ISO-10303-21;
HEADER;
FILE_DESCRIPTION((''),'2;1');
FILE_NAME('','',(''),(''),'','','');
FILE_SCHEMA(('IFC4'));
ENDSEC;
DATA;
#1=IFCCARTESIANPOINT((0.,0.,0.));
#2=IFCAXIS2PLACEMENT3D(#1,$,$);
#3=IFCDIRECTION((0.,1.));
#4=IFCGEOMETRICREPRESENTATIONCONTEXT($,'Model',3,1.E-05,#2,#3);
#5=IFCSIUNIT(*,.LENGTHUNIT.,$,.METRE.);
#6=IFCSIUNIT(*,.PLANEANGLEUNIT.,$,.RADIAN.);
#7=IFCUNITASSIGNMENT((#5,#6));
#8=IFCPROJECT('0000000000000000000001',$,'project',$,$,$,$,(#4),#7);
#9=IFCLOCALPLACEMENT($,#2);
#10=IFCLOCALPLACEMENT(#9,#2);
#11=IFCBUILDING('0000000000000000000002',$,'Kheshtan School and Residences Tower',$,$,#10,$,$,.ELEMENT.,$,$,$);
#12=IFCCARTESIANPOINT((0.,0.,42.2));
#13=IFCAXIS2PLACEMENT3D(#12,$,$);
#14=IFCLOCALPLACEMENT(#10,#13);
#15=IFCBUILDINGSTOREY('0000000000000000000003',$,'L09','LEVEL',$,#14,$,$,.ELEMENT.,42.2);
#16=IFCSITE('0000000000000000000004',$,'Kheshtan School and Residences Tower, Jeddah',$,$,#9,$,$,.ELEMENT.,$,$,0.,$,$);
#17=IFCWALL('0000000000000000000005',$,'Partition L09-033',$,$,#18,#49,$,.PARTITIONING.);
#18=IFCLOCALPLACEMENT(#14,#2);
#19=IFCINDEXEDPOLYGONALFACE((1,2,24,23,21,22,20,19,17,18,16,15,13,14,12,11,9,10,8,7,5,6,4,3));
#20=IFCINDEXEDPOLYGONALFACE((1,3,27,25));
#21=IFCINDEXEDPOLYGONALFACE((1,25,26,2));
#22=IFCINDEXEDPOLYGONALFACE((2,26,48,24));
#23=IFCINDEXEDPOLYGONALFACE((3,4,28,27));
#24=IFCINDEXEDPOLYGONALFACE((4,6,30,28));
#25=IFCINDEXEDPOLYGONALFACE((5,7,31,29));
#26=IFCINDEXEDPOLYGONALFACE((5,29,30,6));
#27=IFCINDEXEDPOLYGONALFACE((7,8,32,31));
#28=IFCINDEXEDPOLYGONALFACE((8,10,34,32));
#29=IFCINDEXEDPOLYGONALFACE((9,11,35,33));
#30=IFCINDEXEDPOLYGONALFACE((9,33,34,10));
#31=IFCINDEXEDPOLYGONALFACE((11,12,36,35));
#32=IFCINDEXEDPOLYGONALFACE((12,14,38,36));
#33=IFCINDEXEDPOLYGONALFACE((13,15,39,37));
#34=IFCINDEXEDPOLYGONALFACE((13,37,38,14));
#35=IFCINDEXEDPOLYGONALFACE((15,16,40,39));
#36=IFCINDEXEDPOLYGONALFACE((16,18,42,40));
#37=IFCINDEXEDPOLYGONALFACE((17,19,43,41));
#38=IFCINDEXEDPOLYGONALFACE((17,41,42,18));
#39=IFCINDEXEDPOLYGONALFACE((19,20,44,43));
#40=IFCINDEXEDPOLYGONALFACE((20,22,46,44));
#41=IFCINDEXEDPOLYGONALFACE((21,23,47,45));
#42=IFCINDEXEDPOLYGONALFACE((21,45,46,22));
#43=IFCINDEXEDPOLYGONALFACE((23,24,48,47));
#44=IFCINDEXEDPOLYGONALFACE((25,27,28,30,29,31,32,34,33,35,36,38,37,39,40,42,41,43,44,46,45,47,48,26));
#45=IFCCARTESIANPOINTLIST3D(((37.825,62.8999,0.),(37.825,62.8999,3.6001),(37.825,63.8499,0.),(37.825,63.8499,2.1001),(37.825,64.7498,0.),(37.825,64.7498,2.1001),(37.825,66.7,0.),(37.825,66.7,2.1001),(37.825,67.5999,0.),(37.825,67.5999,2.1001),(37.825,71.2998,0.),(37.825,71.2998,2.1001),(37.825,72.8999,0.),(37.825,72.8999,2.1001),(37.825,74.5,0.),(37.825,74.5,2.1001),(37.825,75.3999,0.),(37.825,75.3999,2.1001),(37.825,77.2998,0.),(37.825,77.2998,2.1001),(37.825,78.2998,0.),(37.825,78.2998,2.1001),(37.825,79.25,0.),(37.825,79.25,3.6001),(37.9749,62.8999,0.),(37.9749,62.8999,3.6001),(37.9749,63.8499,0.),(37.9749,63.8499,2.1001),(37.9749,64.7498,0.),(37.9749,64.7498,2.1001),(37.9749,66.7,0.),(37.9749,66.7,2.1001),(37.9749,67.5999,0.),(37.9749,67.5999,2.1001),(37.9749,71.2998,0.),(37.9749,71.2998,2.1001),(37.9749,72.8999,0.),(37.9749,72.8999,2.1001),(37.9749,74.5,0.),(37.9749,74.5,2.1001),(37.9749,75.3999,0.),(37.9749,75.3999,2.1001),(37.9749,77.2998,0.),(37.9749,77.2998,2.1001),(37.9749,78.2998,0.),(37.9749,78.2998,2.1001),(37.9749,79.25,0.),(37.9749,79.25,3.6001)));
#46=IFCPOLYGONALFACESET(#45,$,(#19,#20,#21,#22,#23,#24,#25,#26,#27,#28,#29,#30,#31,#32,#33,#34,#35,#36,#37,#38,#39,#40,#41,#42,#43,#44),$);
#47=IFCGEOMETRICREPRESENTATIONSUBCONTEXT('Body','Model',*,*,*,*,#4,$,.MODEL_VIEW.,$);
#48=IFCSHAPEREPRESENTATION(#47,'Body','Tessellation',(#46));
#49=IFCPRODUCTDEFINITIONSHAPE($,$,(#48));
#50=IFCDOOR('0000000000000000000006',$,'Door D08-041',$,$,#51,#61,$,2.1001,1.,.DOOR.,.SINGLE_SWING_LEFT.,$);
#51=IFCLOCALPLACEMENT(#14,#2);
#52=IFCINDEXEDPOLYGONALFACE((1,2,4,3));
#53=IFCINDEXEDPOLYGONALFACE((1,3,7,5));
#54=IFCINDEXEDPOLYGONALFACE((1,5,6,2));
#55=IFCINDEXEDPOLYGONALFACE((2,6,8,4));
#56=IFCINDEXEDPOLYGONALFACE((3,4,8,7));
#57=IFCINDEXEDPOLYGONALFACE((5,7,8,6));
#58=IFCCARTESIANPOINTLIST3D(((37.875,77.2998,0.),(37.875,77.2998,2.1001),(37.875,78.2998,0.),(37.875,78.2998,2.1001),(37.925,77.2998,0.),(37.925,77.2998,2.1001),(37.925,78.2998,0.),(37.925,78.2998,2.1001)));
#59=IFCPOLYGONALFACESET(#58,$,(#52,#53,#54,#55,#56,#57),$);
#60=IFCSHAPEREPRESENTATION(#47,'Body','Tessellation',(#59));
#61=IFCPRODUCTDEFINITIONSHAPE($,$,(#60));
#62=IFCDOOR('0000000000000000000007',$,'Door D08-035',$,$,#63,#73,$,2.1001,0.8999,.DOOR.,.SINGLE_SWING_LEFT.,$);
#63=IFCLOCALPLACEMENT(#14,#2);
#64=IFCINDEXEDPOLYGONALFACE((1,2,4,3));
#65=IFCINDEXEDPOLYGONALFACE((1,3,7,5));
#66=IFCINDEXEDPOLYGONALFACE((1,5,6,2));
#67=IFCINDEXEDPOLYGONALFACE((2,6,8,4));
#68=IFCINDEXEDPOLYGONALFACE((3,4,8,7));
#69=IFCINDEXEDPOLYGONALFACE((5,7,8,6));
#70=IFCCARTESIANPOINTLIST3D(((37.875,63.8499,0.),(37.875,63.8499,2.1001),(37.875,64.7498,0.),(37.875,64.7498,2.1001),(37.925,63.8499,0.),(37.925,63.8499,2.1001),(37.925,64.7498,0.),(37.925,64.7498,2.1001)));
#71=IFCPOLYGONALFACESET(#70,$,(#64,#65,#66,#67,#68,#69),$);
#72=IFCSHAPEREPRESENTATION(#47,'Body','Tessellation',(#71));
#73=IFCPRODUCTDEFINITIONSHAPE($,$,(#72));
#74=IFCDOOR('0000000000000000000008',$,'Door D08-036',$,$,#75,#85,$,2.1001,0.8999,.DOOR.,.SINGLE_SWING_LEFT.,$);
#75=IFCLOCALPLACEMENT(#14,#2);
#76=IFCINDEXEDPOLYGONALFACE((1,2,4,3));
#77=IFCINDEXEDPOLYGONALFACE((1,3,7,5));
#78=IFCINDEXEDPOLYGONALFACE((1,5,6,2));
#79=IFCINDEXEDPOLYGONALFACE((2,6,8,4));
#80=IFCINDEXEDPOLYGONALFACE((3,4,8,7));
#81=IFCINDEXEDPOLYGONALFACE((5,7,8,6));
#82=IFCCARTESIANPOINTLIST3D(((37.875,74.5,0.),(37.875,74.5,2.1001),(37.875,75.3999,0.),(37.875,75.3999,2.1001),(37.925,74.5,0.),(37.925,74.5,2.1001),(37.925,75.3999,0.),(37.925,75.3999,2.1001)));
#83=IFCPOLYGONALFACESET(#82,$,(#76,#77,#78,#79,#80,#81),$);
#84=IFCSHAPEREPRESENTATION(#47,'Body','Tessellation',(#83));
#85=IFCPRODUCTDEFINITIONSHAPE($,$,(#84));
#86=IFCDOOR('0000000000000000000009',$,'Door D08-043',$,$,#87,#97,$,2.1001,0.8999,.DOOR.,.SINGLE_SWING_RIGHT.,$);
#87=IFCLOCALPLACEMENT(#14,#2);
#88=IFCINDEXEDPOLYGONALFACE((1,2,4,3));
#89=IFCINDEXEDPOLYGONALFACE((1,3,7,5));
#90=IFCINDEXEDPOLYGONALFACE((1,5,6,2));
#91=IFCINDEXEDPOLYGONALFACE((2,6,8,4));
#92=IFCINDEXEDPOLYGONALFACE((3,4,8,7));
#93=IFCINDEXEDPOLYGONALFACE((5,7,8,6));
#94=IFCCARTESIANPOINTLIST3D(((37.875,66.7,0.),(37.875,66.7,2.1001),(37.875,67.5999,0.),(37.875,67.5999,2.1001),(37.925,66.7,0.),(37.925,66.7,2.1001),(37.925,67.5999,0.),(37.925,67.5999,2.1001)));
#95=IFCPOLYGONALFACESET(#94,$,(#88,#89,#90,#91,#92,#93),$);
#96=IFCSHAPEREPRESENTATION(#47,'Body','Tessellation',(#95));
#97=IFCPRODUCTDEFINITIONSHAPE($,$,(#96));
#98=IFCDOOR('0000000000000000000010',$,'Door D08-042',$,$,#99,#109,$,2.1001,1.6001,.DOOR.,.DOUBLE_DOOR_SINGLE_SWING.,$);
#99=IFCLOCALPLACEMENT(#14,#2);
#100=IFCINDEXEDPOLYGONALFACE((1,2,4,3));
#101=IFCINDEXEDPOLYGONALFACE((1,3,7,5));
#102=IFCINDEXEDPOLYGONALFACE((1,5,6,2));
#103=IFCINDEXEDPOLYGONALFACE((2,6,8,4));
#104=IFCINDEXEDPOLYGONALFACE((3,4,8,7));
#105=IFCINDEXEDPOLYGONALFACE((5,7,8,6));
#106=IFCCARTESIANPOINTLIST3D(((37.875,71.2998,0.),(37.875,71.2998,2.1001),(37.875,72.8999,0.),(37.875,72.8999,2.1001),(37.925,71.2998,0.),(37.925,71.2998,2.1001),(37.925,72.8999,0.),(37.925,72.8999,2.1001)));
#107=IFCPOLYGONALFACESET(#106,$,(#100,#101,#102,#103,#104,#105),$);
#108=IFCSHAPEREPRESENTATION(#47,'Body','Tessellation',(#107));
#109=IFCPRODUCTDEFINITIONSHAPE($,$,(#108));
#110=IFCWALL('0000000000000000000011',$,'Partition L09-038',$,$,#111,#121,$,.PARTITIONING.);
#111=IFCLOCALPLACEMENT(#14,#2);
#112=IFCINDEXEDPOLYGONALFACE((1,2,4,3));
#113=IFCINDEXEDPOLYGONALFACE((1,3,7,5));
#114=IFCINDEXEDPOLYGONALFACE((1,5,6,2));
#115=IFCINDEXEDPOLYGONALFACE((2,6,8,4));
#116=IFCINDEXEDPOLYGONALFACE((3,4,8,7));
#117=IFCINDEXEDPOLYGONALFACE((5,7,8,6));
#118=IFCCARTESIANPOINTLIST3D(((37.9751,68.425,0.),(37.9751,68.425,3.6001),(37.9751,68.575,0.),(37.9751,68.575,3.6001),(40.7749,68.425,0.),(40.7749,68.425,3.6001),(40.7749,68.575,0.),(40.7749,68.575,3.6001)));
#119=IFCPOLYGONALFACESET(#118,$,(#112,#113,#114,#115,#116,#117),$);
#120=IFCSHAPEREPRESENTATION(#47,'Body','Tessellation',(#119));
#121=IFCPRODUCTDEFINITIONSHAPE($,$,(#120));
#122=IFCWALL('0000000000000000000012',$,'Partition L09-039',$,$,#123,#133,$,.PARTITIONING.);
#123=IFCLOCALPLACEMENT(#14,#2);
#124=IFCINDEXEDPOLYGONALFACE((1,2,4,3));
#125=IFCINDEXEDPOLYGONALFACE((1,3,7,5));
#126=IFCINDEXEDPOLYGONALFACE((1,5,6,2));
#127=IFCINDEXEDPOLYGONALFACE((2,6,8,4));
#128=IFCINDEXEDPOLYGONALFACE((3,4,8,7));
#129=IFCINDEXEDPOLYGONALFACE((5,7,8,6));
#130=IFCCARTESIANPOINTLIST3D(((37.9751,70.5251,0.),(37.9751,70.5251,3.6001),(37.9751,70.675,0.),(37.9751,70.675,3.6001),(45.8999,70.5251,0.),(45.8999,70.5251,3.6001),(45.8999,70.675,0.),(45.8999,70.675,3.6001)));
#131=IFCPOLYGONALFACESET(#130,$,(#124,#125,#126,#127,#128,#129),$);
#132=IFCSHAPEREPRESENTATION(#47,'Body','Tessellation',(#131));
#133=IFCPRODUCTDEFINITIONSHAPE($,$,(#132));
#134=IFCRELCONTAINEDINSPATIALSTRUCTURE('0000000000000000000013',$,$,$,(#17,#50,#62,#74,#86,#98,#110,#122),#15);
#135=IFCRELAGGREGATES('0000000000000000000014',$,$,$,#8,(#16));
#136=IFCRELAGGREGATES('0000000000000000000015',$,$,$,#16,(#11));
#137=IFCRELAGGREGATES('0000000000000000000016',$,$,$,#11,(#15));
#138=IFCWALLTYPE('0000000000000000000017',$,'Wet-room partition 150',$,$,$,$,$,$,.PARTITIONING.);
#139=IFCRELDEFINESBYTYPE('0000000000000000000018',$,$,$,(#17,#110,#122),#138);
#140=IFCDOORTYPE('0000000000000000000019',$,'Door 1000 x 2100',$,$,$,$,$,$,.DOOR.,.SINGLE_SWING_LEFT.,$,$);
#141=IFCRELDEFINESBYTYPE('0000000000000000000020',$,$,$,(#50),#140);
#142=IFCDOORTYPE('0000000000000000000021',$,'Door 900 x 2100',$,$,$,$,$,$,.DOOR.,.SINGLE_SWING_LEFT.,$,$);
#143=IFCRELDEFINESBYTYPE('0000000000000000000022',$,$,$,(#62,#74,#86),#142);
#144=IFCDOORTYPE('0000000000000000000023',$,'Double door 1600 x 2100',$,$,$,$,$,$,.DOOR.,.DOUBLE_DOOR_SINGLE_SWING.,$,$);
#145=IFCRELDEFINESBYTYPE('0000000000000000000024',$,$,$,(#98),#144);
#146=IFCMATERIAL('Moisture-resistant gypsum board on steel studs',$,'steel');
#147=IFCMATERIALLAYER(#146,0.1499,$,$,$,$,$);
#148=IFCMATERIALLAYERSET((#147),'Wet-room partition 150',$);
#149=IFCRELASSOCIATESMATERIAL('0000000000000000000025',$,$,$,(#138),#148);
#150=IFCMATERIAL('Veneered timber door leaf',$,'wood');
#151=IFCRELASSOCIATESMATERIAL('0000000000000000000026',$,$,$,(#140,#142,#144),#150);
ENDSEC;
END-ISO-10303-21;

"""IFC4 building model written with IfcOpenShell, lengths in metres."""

from ifc_helpers import new_model, si_unit, direction, frame, frame_2d, origin, place, context, subcontext, project, spatial, rectangle, extrude, source, transform, mapped, material, layer, layer_set, type_object, element, fill, save


model = new_model("IFC4")

# Units and contexts
model_context = context("Model", 3, precision=1e-05, world=origin(), true_north=direction((0.0, 1.0)))
body_context = subcontext(model_context, "Body", "Model", "MODEL_VIEW")
ifc_project = project(units=[si_unit("LENGTHUNIT", "METRE"), si_unit("PLANEANGLEUNIT", "RADIAN")], contexts=[model_context])

# Site, building, storey
site_placement = place(None, origin())
site = spatial("IfcSite", under=ifc_project, at=site_placement, Name="Kheshtan School and Residences Tower, Jeddah", CompositionType="ELEMENT", RefElevation=0.0)
building_placement = place(site_placement, origin())
building = spatial("IfcBuilding", under=site, at=building_placement, Name="Kheshtan School and Residences Tower", CompositionType="ELEMENT")
storey_placement = place(building_placement, frame((0.0, 0.0, 42.2)))
storey = spatial("IfcBuildingStorey", under=building, at=storey_placement, Name="L09", Description="LEVEL", CompositionType="ELEMENT", Elevation=42.2)

# Shared definitions
ifc_material_1 = material(Name="Moisture-resistant gypsum board on steel studs", Category="steel")
ifc_layer_1 = layer(ifc_material_1, 0.1499)
ifc_layer_set_1 = layer_set([ifc_layer_1], Name="Wet-room partition 150")
wall_type_1 = type_object("IfcWallType", Name="Wet-room partition 150", PredefinedType="PARTITIONING", material=ifc_layer_set_1)

# Wall, openings, doors
ifc_material_2 = material(Name="Veneered timber door leaf", Category="wood")
wall_1_placement = place(storey_placement, frame((37.8999, 62.8999, 0.0), z_axis=(0.0, 0.0, 1.0), x_axis=(0.0, 1.0, 0.0)))
wall_1 = element("IfcWall", 1, at=wall_1_placement, inside=storey, type_object=wall_type_1, Name="Partition L09-033", PredefinedType="PARTITIONING", context=body_context, shape_type="SweptSolid", body=[
    extrude(rectangle(XDim=16.3501, YDim=0.1499, at=frame_2d((8.175, 0.0))), origin(), (0.0, 0.0, 1.0), 3.6001),
])
opening_1_placement = place(wall_1_placement, frame((0.95, 0.0, 0.0)))
opening_1 = element("IfcOpeningElement", 2, at=opening_1_placement, cuts=wall_1, PredefinedType="OPENING", context=body_context, shape_type="SweptSolid", body=[
    extrude(rectangle(XDim=0.8999, YDim=2.1001, at=frame_2d((0.45, 1.05))), frame((0.0, 0.085, 0.0), z_axis=(0.0, -1.0, 0.0), x_axis=(1.0, 0.0, 0.0)), (0.0, 0.0, 1.0), 0.1699),
])
opening_2_placement = place(wall_1_placement, frame((11.6001, 0.0, 0.0)))
opening_2 = element("IfcOpeningElement", 3, at=opening_2_placement, cuts=wall_1, PredefinedType="OPENING", context=body_context, shape_type="SweptSolid", body=[
    extrude(rectangle(XDim=0.8999, YDim=2.1001, at=frame_2d((0.45, 1.05))), frame((0.0, 0.085, 0.0), z_axis=(0.0, -1.0, 0.0), x_axis=(1.0, 0.0, 0.0)), (0.0, 0.0, 1.0), 0.1699),
])
opening_3_placement = place(wall_1_placement, frame((14.3999, 0.0, 0.0)))
opening_3 = element("IfcOpeningElement", 4, at=opening_3_placement, cuts=wall_1, PredefinedType="OPENING", context=body_context, shape_type="SweptSolid", body=[
    extrude(rectangle(XDim=1.0, YDim=2.1001, at=frame_2d((0.5, 1.05))), frame((0.0, 0.085, 0.0), z_axis=(0.0, -1.0, 0.0), x_axis=(1.0, 0.0, 0.0)), (0.0, 0.0, 1.0), 0.1699),
])
opening_4_placement = place(wall_1_placement, frame((8.3999, 0.0, 0.0)))
opening_4 = element("IfcOpeningElement", 5, at=opening_4_placement, cuts=wall_1, PredefinedType="OPENING", context=body_context, shape_type="SweptSolid", body=[
    extrude(rectangle(XDim=1.6001, YDim=2.1001, at=frame_2d((0.8, 1.05))), frame((0.0, 0.085, 0.0), z_axis=(0.0, -1.0, 0.0), x_axis=(1.0, 0.0, 0.0)), (0.0, 0.0, 1.0), 0.1699),
])
opening_5_placement = place(wall_1_placement, frame((3.8, 0.0, 0.0)))
opening_5 = element("IfcOpeningElement", 6, at=opening_5_placement, cuts=wall_1, PredefinedType="OPENING", context=body_context, shape_type="SweptSolid", body=[
    extrude(rectangle(XDim=0.8999, YDim=2.1001, at=frame_2d((0.45, 1.05))), frame((0.0, 0.085, 0.0), z_axis=(0.0, -1.0, 0.0), x_axis=(1.0, 0.0, 0.0)), (0.0, 0.0, 1.0), 0.1699),
])
door_type_1 = type_object("IfcDoorType", Name="Door 1000 x 2100", OperationType="SINGLE_SWING_LEFT", PredefinedType="DOOR", material=ifc_material_2)
shared_shape_1 = source(origin(), body_context, "Body", "SweptSolid", [
    extrude(rectangle(XDim=1.0, YDim=2.1001, at=frame_2d((0.5, 1.05))), frame((0.0, 0.0249, 0.0), z_axis=(0.0, -1.0, 0.0), x_axis=(1.0, 0.0, 0.0)), (0.0, 0.0, 1.0), 0.05),
])
door_1_placement = place(opening_3_placement, origin())
door_1 = element("IfcDoor", 7, at=door_1_placement, inside=storey, type_object=door_type_1, Name="Door D08-041", OperationType="SINGLE_SWING_LEFT", OverallHeight=2.1001, OverallWidth=1.0, PredefinedType="DOOR", context=body_context, shape_type="MappedRepresentation", body=[
    mapped(shared_shape_1, transform((0.0, 0.0, 0.0), x_axis=(1.0, 0.0, 0.0), y_axis=(0.0, 1.0, 0.0), z_axis=(0.0, 0.0, 1.0), scale=1.0)),
])
fill(opening_3, door_1)
door_type_2 = type_object("IfcDoorType", Name="Door 900 x 2100", OperationType="SINGLE_SWING_LEFT", PredefinedType="DOOR", material=ifc_material_2)
shared_shape_2 = source(origin(), body_context, "Body", "SweptSolid", [
    extrude(rectangle(XDim=0.8999, YDim=2.1001, at=frame_2d((0.45, 1.05))), frame((0.0, 0.0249, 0.0), z_axis=(0.0, -1.0, 0.0), x_axis=(1.0, 0.0, 0.0)), (0.0, 0.0, 1.0), 0.05),
])
door_2_placement = place(opening_1_placement, origin())
door_2 = element("IfcDoor", 8, at=door_2_placement, inside=storey, type_object=door_type_2, Name="Door D08-035", OperationType="SINGLE_SWING_LEFT", OverallHeight=2.1001, OverallWidth=0.8999, PredefinedType="DOOR", context=body_context, shape_type="MappedRepresentation", body=[
    mapped(shared_shape_2, transform((0.0, 0.0, 0.0), x_axis=(1.0, 0.0, 0.0), y_axis=(0.0, 1.0, 0.0), z_axis=(0.0, 0.0, 1.0), scale=1.0)),
])
fill(opening_1, door_2)
door_3_placement = place(opening_2_placement, origin())
door_3 = element("IfcDoor", 9, at=door_3_placement, inside=storey, type_object=door_type_2, Name="Door D08-036", OperationType="SINGLE_SWING_LEFT", OverallHeight=2.1001, OverallWidth=0.8999, PredefinedType="DOOR", context=body_context, shape_type="MappedRepresentation", body=[
    mapped(shared_shape_2, transform((0.0, 0.0, 0.0), x_axis=(1.0, 0.0, 0.0), y_axis=(0.0, 1.0, 0.0), z_axis=(0.0, 0.0, 1.0), scale=1.0)),
])
fill(opening_2, door_3)
door_4_placement = place(opening_5_placement, origin())
door_4 = element("IfcDoor", 10, at=door_4_placement, inside=storey, type_object=door_type_2, Name="Door D08-043", OperationType="SINGLE_SWING_RIGHT", OverallHeight=2.1001, OverallWidth=0.8999, PredefinedType="DOOR", context=body_context, shape_type="MappedRepresentation", body=[
    mapped(shared_shape_2, transform((0.0, 0.0, 0.0), x_axis=(1.0, 0.0, 0.0), y_axis=(0.0, 1.0, 0.0), z_axis=(0.0, 0.0, 1.0), scale=1.0)),
])
fill(opening_5, door_4)
door_type_3 = type_object("IfcDoorType", Name="Double door 1600 x 2100", OperationType="DOUBLE_DOOR_SINGLE_SWING", PredefinedType="DOOR", material=ifc_material_2)
shared_shape_3 = source(origin(), body_context, "Body", "SweptSolid", [
    extrude(rectangle(XDim=1.6001, YDim=2.1001, at=frame_2d((0.8, 1.05))), frame((0.0, 0.0249, 0.0), z_axis=(0.0, -1.0, 0.0), x_axis=(1.0, 0.0, 0.0)), (0.0, 0.0, 1.0), 0.05),
])
door_5_placement = place(opening_4_placement, origin())
door_5 = element("IfcDoor", 11, at=door_5_placement, inside=storey, type_object=door_type_3, Name="Door D08-042", OperationType="DOUBLE_DOOR_SINGLE_SWING", OverallHeight=2.1001, OverallWidth=1.6001, PredefinedType="DOOR", context=body_context, shape_type="MappedRepresentation", body=[
    mapped(shared_shape_3, transform((0.0, 0.0, 0.0), x_axis=(1.0, 0.0, 0.0), y_axis=(0.0, 1.0, 0.0), z_axis=(0.0, 0.0, 1.0), scale=1.0)),
])
fill(opening_4, door_5)

# Walls
wall_2_placement = place(storey_placement, frame((37.9751, 68.5, 0.0), z_axis=(0.0, 0.0, 1.0), x_axis=(1.0, 0.0, 0.0)))
element("IfcWall", 12, at=wall_2_placement, inside=storey, type_object=wall_type_1, Name="Partition L09-038", PredefinedType="PARTITIONING", context=body_context, shape_type="SweptSolid", body=[
    extrude(rectangle(XDim=2.7998, YDim=0.1499, at=frame_2d((1.3999, 0.0))), origin(), (0.0, 0.0, 1.0), 3.6001),
])
wall_3_placement = place(storey_placement, frame((37.9751, 70.6001, 0.0), z_axis=(0.0, 0.0, 1.0), x_axis=(1.0, 0.0, 0.0)))
element("IfcWall", 13, at=wall_3_placement, inside=storey, type_object=wall_type_1, Name="Partition L09-039", PredefinedType="PARTITIONING", context=body_context, shape_type="SweptSolid", body=[
    extrude(rectangle(XDim=7.9248, YDim=0.1499, at=frame_2d((3.9624, 0.0))), origin(), (0.0, 0.0, 1.0), 3.6001),
])

save(model, "model.ifc")
